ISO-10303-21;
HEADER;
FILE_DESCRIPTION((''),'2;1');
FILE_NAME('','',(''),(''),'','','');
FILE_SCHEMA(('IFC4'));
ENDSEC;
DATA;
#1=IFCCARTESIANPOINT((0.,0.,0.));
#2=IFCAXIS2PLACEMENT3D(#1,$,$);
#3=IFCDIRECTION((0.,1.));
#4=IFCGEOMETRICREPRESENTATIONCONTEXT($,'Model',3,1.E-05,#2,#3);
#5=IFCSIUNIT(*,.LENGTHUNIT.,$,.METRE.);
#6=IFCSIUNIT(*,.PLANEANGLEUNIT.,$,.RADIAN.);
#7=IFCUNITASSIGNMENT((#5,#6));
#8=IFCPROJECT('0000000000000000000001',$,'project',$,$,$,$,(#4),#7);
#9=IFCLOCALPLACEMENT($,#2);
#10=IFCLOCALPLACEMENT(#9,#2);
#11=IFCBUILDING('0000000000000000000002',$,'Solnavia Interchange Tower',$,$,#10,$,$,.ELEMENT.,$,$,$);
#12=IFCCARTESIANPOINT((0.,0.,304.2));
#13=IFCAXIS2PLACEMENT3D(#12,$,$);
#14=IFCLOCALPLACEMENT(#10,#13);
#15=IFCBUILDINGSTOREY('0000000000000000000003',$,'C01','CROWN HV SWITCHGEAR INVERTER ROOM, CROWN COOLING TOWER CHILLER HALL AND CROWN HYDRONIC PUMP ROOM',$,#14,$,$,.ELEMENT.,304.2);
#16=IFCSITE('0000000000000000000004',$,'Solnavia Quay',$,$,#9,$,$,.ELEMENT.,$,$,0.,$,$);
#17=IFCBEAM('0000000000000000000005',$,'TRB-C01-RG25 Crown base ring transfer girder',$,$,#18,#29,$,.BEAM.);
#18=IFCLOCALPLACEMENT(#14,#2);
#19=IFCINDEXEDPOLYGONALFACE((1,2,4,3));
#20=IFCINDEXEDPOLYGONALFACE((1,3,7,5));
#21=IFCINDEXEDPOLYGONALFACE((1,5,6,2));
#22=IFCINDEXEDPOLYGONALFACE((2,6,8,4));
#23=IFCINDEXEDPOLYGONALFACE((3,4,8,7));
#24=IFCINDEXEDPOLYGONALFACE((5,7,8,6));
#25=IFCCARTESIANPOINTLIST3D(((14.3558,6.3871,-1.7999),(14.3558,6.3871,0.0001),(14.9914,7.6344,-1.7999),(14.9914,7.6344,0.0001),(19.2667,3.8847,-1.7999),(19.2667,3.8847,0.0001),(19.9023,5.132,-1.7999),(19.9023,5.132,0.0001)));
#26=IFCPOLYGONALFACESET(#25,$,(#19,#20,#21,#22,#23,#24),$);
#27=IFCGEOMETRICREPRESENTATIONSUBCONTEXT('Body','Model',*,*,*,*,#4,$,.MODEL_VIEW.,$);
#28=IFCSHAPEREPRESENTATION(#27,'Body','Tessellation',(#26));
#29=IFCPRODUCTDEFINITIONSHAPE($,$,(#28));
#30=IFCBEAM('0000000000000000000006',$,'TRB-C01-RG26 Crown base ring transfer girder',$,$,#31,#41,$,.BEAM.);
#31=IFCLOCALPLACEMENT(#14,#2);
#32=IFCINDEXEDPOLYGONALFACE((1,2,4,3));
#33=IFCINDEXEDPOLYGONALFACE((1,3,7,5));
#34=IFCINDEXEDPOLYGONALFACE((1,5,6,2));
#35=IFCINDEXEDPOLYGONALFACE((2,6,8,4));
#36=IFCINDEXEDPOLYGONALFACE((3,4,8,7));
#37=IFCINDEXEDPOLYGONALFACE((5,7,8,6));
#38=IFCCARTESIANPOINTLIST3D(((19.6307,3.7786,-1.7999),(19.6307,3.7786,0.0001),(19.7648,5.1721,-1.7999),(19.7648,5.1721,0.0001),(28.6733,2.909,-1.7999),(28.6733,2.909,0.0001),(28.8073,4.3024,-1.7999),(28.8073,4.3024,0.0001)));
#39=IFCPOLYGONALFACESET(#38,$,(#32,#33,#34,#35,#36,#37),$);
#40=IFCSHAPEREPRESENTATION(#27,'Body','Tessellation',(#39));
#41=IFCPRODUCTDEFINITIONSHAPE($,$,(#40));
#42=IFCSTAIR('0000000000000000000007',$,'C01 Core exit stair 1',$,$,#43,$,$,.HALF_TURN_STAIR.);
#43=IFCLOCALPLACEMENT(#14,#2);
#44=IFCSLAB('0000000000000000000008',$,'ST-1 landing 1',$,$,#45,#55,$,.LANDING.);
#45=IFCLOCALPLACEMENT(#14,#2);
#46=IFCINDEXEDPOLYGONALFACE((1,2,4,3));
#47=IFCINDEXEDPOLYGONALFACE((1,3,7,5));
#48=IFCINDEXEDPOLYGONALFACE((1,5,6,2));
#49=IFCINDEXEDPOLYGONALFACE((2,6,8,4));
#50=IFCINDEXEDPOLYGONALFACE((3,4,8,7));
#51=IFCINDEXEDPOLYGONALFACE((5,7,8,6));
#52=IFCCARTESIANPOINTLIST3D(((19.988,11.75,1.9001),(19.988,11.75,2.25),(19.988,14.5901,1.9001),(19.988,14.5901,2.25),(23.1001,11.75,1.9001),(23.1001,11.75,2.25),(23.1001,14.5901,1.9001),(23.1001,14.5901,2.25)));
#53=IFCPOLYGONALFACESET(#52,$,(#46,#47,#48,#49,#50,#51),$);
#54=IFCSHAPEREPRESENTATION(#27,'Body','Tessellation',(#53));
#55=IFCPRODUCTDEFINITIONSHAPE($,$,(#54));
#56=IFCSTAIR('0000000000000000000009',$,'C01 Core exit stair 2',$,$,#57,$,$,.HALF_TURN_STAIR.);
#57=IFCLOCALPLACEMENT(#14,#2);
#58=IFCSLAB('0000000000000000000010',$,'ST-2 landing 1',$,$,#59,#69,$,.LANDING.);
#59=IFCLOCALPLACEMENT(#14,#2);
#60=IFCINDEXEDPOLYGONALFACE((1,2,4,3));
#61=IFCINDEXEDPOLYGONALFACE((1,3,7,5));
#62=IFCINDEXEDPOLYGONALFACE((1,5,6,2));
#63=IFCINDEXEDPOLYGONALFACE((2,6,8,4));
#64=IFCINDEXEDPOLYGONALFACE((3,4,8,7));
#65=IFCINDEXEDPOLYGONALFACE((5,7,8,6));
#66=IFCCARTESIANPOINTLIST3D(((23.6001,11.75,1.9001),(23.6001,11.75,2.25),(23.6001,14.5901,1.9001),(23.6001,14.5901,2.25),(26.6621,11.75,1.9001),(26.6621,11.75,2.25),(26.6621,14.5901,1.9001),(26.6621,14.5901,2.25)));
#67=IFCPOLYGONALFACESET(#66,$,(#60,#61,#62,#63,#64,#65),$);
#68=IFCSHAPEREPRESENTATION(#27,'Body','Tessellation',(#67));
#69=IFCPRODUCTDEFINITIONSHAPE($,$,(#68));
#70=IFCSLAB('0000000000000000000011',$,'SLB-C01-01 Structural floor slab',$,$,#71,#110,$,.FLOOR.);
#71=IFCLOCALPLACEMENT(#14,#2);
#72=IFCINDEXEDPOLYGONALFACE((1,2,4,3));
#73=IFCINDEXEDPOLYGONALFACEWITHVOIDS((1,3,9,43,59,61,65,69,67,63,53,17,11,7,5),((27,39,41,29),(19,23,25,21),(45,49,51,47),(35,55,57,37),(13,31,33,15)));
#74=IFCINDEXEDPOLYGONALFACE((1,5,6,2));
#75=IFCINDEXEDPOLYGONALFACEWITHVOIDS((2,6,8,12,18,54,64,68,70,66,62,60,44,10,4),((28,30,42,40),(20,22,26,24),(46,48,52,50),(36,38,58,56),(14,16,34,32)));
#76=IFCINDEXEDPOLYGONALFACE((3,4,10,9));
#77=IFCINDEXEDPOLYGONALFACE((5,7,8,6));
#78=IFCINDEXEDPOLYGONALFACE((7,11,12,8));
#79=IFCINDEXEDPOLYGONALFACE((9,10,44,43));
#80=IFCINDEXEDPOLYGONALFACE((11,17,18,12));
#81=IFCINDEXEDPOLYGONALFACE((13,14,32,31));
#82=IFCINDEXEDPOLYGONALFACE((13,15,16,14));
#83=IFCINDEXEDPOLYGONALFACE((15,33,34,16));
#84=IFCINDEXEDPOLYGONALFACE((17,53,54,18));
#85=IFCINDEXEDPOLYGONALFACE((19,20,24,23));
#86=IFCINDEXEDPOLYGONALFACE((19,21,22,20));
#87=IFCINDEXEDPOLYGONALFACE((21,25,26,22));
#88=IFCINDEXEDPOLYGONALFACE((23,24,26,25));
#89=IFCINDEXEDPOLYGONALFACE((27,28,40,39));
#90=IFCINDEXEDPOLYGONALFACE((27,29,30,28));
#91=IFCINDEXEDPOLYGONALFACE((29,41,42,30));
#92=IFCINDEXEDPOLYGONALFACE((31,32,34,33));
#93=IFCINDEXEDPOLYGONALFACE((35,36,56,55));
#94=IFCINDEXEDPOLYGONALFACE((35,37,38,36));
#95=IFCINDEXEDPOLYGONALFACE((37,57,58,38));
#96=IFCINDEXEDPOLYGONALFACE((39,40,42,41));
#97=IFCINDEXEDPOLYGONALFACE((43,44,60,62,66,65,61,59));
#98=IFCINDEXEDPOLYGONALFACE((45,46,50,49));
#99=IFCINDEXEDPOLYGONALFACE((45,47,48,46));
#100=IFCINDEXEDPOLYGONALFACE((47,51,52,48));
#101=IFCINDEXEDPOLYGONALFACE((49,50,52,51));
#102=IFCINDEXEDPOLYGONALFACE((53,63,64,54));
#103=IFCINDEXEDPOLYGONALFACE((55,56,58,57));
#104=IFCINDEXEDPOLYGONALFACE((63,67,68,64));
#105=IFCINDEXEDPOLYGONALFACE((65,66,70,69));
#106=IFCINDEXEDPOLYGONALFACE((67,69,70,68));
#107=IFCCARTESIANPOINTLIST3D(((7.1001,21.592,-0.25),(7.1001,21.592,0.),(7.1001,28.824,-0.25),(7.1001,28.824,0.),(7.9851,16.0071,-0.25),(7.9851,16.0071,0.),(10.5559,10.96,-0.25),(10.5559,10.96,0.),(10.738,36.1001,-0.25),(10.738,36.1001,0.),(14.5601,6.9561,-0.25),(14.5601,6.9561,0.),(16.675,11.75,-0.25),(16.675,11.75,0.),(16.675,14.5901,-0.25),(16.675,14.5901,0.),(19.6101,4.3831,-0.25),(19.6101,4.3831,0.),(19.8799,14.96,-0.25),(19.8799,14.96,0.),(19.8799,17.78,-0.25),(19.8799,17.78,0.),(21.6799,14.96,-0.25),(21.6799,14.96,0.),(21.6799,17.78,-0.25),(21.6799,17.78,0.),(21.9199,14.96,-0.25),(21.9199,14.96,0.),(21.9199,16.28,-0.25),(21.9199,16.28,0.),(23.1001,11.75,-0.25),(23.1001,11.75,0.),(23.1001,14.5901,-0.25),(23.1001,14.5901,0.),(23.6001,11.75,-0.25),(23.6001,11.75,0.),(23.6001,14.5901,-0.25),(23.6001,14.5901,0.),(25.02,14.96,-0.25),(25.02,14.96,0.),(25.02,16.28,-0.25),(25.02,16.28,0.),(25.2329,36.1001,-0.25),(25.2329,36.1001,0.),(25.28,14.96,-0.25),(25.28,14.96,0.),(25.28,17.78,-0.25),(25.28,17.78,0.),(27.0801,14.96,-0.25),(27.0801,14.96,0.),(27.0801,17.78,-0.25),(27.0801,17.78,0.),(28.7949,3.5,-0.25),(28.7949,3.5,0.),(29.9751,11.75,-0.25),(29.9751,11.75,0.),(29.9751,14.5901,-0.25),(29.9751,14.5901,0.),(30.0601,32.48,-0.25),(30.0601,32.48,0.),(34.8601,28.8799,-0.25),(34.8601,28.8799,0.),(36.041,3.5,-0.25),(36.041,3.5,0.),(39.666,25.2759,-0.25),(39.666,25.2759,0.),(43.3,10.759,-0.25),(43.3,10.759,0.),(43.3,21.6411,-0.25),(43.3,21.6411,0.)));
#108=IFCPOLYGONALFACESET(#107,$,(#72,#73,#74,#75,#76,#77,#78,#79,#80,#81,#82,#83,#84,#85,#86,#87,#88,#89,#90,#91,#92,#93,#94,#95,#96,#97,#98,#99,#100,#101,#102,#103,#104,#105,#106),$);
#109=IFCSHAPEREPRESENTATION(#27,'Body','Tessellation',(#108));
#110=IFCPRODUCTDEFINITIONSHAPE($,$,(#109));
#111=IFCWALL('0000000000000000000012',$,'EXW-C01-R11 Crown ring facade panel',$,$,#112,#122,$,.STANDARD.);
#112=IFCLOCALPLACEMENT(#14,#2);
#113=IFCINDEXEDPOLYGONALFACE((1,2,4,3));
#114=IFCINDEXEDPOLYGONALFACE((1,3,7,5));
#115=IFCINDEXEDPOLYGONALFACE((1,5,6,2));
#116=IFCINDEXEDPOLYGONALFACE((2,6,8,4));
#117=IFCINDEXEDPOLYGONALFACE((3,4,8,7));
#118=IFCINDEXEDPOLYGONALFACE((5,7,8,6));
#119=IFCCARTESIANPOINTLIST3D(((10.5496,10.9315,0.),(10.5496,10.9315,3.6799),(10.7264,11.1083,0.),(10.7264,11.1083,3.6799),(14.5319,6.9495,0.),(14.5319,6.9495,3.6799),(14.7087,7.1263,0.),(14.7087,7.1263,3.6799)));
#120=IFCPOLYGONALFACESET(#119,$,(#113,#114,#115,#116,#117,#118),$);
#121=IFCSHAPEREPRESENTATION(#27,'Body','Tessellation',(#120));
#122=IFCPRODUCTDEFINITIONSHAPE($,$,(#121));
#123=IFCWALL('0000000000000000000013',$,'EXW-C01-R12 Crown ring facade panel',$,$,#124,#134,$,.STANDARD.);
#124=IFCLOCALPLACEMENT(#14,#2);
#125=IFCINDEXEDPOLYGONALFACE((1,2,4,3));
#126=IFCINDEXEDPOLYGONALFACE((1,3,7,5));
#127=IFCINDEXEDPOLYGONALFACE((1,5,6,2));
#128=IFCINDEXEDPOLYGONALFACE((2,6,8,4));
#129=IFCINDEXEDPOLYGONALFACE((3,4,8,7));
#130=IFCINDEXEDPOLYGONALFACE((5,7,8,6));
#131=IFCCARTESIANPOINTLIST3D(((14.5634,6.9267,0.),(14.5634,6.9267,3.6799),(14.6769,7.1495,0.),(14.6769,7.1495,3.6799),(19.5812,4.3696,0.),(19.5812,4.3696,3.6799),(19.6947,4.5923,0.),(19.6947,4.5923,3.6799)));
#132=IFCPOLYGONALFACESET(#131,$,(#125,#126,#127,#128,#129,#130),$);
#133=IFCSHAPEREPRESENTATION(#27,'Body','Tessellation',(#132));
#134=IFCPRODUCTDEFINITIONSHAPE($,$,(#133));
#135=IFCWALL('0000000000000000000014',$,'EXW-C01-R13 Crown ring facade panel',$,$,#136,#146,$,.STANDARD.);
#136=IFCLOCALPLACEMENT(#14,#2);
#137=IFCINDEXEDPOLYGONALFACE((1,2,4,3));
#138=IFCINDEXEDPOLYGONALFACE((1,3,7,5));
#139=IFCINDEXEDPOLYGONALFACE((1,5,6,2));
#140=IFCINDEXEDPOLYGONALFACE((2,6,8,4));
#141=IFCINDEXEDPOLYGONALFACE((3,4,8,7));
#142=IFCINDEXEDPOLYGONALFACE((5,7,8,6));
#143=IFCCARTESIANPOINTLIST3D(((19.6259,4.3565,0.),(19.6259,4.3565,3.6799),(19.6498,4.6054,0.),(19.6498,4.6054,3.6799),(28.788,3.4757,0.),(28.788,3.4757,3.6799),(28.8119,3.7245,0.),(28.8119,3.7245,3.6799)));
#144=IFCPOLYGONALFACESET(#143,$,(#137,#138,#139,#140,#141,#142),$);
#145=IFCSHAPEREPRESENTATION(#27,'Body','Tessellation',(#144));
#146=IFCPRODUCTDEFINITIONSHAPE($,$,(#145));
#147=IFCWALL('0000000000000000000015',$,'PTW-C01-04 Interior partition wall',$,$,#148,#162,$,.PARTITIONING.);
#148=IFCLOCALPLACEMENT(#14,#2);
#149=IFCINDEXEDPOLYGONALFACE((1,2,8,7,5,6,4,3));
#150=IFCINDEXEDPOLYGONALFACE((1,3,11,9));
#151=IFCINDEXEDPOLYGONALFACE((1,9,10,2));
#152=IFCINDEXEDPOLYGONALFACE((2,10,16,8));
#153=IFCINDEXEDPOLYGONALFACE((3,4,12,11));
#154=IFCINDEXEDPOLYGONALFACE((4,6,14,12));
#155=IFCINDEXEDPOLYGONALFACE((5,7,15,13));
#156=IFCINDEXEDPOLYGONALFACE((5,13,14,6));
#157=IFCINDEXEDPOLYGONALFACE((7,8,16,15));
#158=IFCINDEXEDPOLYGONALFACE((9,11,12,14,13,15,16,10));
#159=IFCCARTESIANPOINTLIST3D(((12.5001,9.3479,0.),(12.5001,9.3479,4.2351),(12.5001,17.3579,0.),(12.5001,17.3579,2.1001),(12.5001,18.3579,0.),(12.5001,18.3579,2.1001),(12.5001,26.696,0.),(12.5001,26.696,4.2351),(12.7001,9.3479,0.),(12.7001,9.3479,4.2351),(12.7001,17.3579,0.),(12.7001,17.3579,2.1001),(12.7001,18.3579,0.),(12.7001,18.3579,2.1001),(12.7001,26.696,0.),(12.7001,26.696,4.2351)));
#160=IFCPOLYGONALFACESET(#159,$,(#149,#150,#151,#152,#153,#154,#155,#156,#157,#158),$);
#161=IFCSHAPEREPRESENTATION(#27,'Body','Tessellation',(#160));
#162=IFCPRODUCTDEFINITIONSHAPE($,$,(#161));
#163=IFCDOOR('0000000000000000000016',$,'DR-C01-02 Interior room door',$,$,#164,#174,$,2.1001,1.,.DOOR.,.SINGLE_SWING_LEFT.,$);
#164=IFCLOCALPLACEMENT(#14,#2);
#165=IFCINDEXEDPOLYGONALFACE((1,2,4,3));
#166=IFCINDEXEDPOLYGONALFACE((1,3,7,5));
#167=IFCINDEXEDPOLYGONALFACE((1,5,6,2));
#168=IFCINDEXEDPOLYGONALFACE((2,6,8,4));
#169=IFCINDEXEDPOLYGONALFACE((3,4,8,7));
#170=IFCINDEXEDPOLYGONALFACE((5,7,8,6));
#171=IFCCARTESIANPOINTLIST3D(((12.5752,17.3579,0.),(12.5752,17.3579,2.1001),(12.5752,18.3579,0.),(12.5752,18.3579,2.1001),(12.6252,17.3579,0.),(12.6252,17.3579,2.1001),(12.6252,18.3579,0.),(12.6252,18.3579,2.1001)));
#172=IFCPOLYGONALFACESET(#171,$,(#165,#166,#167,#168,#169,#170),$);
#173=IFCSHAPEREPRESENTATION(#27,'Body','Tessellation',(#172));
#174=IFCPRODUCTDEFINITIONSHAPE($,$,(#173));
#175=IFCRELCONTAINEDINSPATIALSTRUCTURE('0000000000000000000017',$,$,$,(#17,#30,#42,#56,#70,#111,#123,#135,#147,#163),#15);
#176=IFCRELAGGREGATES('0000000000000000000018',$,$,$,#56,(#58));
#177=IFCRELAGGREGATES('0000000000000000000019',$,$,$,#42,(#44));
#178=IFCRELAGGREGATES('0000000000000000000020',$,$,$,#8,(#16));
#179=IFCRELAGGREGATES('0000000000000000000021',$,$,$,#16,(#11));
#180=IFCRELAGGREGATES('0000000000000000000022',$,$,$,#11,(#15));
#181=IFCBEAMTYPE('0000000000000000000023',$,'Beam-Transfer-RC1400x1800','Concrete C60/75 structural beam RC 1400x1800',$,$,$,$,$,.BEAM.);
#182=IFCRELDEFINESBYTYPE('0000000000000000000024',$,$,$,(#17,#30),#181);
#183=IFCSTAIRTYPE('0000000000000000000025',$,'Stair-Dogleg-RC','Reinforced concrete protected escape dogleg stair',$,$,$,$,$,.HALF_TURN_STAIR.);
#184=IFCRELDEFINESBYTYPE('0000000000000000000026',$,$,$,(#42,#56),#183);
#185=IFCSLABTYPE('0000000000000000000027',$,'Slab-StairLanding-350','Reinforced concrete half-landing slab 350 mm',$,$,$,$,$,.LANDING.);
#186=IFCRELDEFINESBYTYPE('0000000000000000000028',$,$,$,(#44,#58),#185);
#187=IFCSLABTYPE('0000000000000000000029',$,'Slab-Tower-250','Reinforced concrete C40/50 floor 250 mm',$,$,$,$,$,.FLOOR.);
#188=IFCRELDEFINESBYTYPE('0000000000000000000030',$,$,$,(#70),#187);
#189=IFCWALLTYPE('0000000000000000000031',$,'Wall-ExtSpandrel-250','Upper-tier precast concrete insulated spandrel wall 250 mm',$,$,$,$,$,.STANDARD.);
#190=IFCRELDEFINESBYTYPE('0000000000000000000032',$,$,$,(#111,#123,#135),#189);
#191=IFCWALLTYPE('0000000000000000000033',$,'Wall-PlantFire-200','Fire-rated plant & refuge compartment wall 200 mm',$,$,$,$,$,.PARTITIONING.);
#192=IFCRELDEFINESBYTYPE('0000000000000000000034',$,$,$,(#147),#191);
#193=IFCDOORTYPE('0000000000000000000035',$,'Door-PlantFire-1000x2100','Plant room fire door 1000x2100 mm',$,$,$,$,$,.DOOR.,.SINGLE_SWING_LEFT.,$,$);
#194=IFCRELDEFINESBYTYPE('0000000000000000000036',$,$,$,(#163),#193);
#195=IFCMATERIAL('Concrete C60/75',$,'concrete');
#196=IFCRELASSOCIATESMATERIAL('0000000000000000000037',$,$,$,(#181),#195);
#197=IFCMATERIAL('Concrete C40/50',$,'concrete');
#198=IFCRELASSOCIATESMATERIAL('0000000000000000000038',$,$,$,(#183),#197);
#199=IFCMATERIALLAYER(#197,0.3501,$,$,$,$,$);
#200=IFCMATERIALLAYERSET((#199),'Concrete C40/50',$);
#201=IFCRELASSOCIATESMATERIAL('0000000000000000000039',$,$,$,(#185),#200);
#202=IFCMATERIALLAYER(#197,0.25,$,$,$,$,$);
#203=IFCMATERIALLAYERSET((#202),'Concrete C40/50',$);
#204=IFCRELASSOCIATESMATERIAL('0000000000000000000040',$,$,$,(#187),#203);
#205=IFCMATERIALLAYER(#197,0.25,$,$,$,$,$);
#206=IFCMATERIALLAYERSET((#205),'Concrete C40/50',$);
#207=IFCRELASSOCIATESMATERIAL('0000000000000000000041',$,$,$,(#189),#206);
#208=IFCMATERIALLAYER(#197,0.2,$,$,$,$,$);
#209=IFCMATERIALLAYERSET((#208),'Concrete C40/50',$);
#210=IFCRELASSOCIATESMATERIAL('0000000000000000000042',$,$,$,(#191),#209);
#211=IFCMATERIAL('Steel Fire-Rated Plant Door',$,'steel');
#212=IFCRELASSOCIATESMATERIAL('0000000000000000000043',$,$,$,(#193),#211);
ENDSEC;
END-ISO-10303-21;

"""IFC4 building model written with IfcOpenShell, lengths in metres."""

from ifc_helpers import new_model, si_unit, direction, frame, frame_2d, origin, origin_2d, place, context, subcontext, project, spatial, polyline, rectangle, outline, extrude, material, layer, layer_set, material_profile, profile_set, type_object, element, fill, aggregate, save


model = new_model("IFC4")

# Units and contexts
model_context = context("Model", 3, precision=1e-05, world=origin(), true_north=direction((0.0, 1.0)))
body_context = subcontext(model_context, "Body", "Model", "MODEL_VIEW")
ifc_project = project(units=[si_unit("LENGTHUNIT", "METRE"), si_unit("PLANEANGLEUNIT", "RADIAN")], contexts=[model_context])

# Site, building, storey
site_placement = place(None, origin())
site = spatial("IfcSite", under=ifc_project, at=site_placement, Name="Solnavia Quay", CompositionType="ELEMENT", RefElevation=0.0)
building_placement = place(site_placement, origin())
building = spatial("IfcBuilding", under=site, at=building_placement, Name="Solnavia Interchange Tower", CompositionType="ELEMENT")
storey_placement = place(building_placement, frame((0.0, 0.0, 304.2)))
storey = spatial("IfcBuildingStorey", under=building, at=storey_placement, Name="C01", Description="CROWN HV SWITCHGEAR INVERTER ROOM, CROWN COOLING TOWER CHILLER HALL AND CROWN HYDRONIC PUMP ROOM", CompositionType="ELEMENT", Elevation=304.2)

# Beams
ifc_material_1 = material(Name="Concrete C60/75", Category="concrete")
ifc_material_profile_1 = material_profile(ifc_material_1, rectangle(XDim=1.3999, YDim=1.8, at=origin_2d()), Name="RC 1400x1800")
ifc_profile_set_1 = profile_set([ifc_material_profile_1], Name="Concrete C60/75")
beam_type = type_object("IfcBeamType", Name="Beam-Transfer-RC1400x1800", Description="Concrete C60/75 structural beam RC 1400x1800", PredefinedType="BEAM", material=ifc_profile_set_1)
beam_1_placement = place(storey_placement, frame((14.6736, 7.0107, -0.8999), z_axis=(0.89099, -0.454022, 0.0), x_axis=(0.454022, 0.89099, 0.0)))
element("IfcBeam", 1, at=beam_1_placement, inside=storey, type_object=beam_type, Name="TRB-C01-RG25 Crown base ring transfer girder", PredefinedType="BEAM", context=body_context, shape_type="SweptSolid", body=[
    extrude(rectangle(XDim=1.3999, YDim=1.8, at=origin_2d()), origin(), (0.0, 0.0, 1.0), 5.5117),
])
beam_2_placement = place(storey_placement, frame((19.6978, 4.4753, -0.8999), z_axis=(0.995407, -0.09573, 0.0), x_axis=(0.09573, 0.995407, 0.0)))
element("IfcBeam", 2, at=beam_2_placement, inside=storey, type_object=beam_type, Name="TRB-C01-RG26 Crown base ring transfer girder", PredefinedType="BEAM", context=body_context, shape_type="SweptSolid", body=[
    extrude(rectangle(XDim=1.3999, YDim=1.8, at=origin_2d()), origin(), (0.0, 0.0, 1.0), 9.0842),
])

# Stairs, slabs
ifc_material_2 = material(Name="Concrete C40/50", Category="concrete")
stair_type = type_object("IfcStairType", Name="Stair-Dogleg-RC", Description="Reinforced concrete protected escape dogleg stair", PredefinedType="HALF_TURN_STAIR", material=ifc_material_2)
stair_1_placement = place(storey_placement, origin())
stair_1 = element("IfcStair", 3, at=stair_1_placement, inside=storey, type_object=stair_type, Name="C01 Core exit stair 1", PredefinedType="HALF_TURN_STAIR")
ifc_layer_1 = layer(ifc_material_2, 0.3501)
ifc_layer_set_1 = layer_set([ifc_layer_1], Name="Concrete C40/50")
slab_type_1 = type_object("IfcSlabType", Name="Slab-StairLanding-350", Description="Reinforced concrete half-landing slab 350 mm", PredefinedType="LANDING", material=ifc_layer_set_1)
slab_1_placement = place(storey_placement, frame((0.0, 0.0, 1.9001)))
slab_1 = element("IfcSlab", 4, at=slab_1_placement, type_object=slab_type_1, Name="ST-1 landing 1", PredefinedType="LANDING", context=body_context, shape_type="SweptSolid", body=[
    extrude(outline(polyline([(19.988, 11.75), (23.1001, 11.75), (23.1001, 14.5901), (19.988, 14.5901), (19.988, 11.75)])), origin(), (0.0, 0.0, 1.0), 0.3499),
])
stair_2_placement = place(storey_placement, origin())
stair_2 = element("IfcStair", 5, at=stair_2_placement, inside=storey, type_object=stair_type, Name="C01 Core exit stair 2", PredefinedType="HALF_TURN_STAIR")
slab_2_placement = place(storey_placement, frame((0.0, 0.0, 1.9001)))
slab_2 = element("IfcSlab", 6, at=slab_2_placement, type_object=slab_type_1, Name="ST-2 landing 1", PredefinedType="LANDING", context=body_context, shape_type="SweptSolid", body=[
    extrude(outline(polyline([(23.6001, 11.75), (26.6621, 11.75), (26.6621, 14.5901), (23.6001, 14.5901), (23.6001, 11.75)])), origin(), (0.0, 0.0, 1.0), 0.3499),
])
aggregate(stair_2, [slab_2])

# Slab
ifc_layer_2 = layer(ifc_material_2, 0.25)
ifc_layer_set_2 = layer_set([ifc_layer_2], Name="Concrete C40/50")
slab_type_2 = type_object("IfcSlabType", Name="Slab-Tower-250", Description="Reinforced concrete C40/50 floor 250 mm", PredefinedType="FLOOR", material=ifc_layer_set_2)
slab_3_placement = place(storey_placement, frame((0.0, 0.0, -0.25)))
element("IfcSlab", 7, at=slab_3_placement, inside=storey, type_object=slab_type_2, Name="SLB-C01-01 Structural floor slab", PredefinedType="FLOOR", context=body_context, shape_type="SweptSolid", body=[
    extrude(outline(polyline([(43.3, 21.6411), (43.3, 10.759), (36.041, 3.5), (28.7949, 3.5), (19.6101, 4.3831), (14.5601, 6.9561), (10.5559, 10.96), (7.9851, 16.0071), (7.1001, 21.592), (7.1001, 28.824), (10.738, 36.1001), (25.2329, 36.1001), (30.0601, 32.48), (34.8601, 28.8799), (39.666, 25.2759), (43.3, 21.6411)]), holes=[polyline([(16.675, 11.75), (23.1001, 11.75), (23.1001, 14.5901), (16.675, 14.5901), (16.675, 11.75)]), polyline([(23.6001, 11.75), (29.9751, 11.75), (29.9751, 14.5901), (23.6001, 14.5901), (23.6001, 11.75)]), polyline([(19.8799, 14.96), (21.6799, 14.96), (21.6799, 17.78), (19.8799, 17.78), (19.8799, 14.96)]), polyline([(25.28, 14.96), (27.0801, 14.96), (27.0801, 17.78), (25.28, 17.78), (25.28, 14.96)]), polyline([(21.9199, 14.96), (25.02, 14.96), (25.02, 16.28), (21.9199, 16.28), (21.9199, 14.96)])]), origin(), (0.0, 0.0, 1.0), 0.25),
])

# Walls
ifc_layer_3 = layer(ifc_material_2, 0.25)
ifc_layer_set_3 = layer_set([ifc_layer_3], Name="Concrete C40/50")
wall_type_1 = type_object("IfcWallType", Name="Wall-ExtSpandrel-250", Description="Upper-tier precast concrete insulated spandrel wall 250 mm", PredefinedType="STANDARD", material=ifc_layer_set_3)
wall_1_placement = place(storey_placement, frame((10.6379, 11.02, 0.0), z_axis=(0.0, 0.0, 1.0), x_axis=(0.707128, -0.707085, 0.0)))
element("IfcWall", 8, at=wall_1_placement, inside=storey, type_object=wall_type_1, Name="EXW-C01-R11 Crown ring facade panel", PredefinedType="STANDARD", context=body_context, shape_type="SweptSolid", body=[
    extrude(rectangle(XDim=5.6316, YDim=0.25, at=frame_2d((2.8159, 0.0))), origin(), (0.0, 0.0, 1.0), 3.6799),
])
wall_2_placement = place(storey_placement, frame((14.6201, 7.0381, 0.0), z_axis=(0.0, 0.0, 1.0), x_axis=(0.890976, -0.45405, 0.0)))
element("IfcWall", 9, at=wall_2_placement, inside=storey, type_object=wall_type_1, Name="EXW-C01-R12 Crown ring facade panel", PredefinedType="STANDARD", context=body_context, shape_type="SweptSolid", body=[
    extrude(rectangle(XDim=5.6318, YDim=0.25, at=frame_2d((2.8159, 0.0))), origin(), (0.0, 0.0, 1.0), 3.6799),
])
wall_3_placement = place(storey_placement, frame((19.6379, 4.481, 0.0), z_axis=(0.0, 0.0, 1.0), x_axis=(0.99541, -0.0957, 0.0)))
element("IfcWall", 10, at=wall_3_placement, inside=storey, type_object=wall_type_1, Name="EXW-C01-R13 Crown ring facade panel", PredefinedType="STANDARD", context=body_context, shape_type="SweptSolid", body=[
    extrude(rectangle(XDim=9.2043, YDim=0.25, at=frame_2d((4.6021, 0.0))), origin(), (0.0, 0.0, 1.0), 3.6799),
])

# Wall, opening, door
ifc_layer_4 = layer(ifc_material_2, 0.2)
ifc_layer_set_4 = layer_set([ifc_layer_4], Name="Concrete C40/50")
wall_type_2 = type_object("IfcWallType", Name="Wall-PlantFire-200", Description="Fire-rated plant & refuge compartment wall 200 mm", PredefinedType="PARTITIONING", material=ifc_layer_set_4)
wall_4_placement = place(storey_placement, frame((12.6001, 9.3479, 0.0), z_axis=(0.0, 0.0, 1.0), x_axis=(0.0, 1.0, 0.0)))
wall_4 = element("IfcWall", 11, at=wall_4_placement, inside=storey, type_object=wall_type_2, Name="PTW-C01-04 Interior partition wall", PredefinedType="PARTITIONING", context=body_context, shape_type="SweptSolid", body=[
    extrude(rectangle(XDim=17.3481, YDim=0.2, at=frame_2d((8.6741, 0.0))), origin(), (0.0, 0.0, 1.0), 4.2351),
])
opening_1_placement = place(wall_4_placement, frame((8.01, 0.0, 0.0)))
opening_1 = element("IfcOpeningElement", 12, at=opening_1_placement, cuts=wall_4, PredefinedType="OPENING", context=body_context, shape_type="SweptSolid", body=[
    extrude(rectangle(XDim=1.0, YDim=2.1001, at=frame_2d((0.5, 1.05))), frame((0.0, 0.1099, 0.0), z_axis=(0.0, -1.0, 0.0), x_axis=(1.0, 0.0, 0.0)), (0.0, 0.0, 1.0), 0.22),
])
ifc_material_3 = material(Name="Steel Fire-Rated Plant Door", Category="steel")
door_type_1 = type_object("IfcDoorType", Name="Door-PlantFire-1000x2100", Description="Plant room fire door 1000x2100 mm", OperationType="SINGLE_SWING_LEFT", PredefinedType="DOOR", material=ifc_material_3)
door_1_placement = place(opening_1_placement, origin())
door_1 = element("IfcDoor", 13, at=door_1_placement, inside=storey, type_object=door_type_1, Name="DR-C01-02 Interior room door", OperationType="SINGLE_SWING_LEFT", OverallHeight=2.1001, OverallWidth=1.0, PredefinedType="DOOR", context=body_context, shape_type="SweptSolid", body=[
    extrude(rectangle(XDim=1.0, YDim=2.1001, at=frame_2d((0.5, 1.05))), frame((0.0, 0.0249, 0.0), z_axis=(0.0, -1.0, 0.0), x_axis=(1.0, 0.0, 0.0)), (0.0, 0.0, 1.0), 0.05),
])
fill(opening_1, door_1)

aggregate(stair_1, [slab_1])

save(model, "model.ifc")
